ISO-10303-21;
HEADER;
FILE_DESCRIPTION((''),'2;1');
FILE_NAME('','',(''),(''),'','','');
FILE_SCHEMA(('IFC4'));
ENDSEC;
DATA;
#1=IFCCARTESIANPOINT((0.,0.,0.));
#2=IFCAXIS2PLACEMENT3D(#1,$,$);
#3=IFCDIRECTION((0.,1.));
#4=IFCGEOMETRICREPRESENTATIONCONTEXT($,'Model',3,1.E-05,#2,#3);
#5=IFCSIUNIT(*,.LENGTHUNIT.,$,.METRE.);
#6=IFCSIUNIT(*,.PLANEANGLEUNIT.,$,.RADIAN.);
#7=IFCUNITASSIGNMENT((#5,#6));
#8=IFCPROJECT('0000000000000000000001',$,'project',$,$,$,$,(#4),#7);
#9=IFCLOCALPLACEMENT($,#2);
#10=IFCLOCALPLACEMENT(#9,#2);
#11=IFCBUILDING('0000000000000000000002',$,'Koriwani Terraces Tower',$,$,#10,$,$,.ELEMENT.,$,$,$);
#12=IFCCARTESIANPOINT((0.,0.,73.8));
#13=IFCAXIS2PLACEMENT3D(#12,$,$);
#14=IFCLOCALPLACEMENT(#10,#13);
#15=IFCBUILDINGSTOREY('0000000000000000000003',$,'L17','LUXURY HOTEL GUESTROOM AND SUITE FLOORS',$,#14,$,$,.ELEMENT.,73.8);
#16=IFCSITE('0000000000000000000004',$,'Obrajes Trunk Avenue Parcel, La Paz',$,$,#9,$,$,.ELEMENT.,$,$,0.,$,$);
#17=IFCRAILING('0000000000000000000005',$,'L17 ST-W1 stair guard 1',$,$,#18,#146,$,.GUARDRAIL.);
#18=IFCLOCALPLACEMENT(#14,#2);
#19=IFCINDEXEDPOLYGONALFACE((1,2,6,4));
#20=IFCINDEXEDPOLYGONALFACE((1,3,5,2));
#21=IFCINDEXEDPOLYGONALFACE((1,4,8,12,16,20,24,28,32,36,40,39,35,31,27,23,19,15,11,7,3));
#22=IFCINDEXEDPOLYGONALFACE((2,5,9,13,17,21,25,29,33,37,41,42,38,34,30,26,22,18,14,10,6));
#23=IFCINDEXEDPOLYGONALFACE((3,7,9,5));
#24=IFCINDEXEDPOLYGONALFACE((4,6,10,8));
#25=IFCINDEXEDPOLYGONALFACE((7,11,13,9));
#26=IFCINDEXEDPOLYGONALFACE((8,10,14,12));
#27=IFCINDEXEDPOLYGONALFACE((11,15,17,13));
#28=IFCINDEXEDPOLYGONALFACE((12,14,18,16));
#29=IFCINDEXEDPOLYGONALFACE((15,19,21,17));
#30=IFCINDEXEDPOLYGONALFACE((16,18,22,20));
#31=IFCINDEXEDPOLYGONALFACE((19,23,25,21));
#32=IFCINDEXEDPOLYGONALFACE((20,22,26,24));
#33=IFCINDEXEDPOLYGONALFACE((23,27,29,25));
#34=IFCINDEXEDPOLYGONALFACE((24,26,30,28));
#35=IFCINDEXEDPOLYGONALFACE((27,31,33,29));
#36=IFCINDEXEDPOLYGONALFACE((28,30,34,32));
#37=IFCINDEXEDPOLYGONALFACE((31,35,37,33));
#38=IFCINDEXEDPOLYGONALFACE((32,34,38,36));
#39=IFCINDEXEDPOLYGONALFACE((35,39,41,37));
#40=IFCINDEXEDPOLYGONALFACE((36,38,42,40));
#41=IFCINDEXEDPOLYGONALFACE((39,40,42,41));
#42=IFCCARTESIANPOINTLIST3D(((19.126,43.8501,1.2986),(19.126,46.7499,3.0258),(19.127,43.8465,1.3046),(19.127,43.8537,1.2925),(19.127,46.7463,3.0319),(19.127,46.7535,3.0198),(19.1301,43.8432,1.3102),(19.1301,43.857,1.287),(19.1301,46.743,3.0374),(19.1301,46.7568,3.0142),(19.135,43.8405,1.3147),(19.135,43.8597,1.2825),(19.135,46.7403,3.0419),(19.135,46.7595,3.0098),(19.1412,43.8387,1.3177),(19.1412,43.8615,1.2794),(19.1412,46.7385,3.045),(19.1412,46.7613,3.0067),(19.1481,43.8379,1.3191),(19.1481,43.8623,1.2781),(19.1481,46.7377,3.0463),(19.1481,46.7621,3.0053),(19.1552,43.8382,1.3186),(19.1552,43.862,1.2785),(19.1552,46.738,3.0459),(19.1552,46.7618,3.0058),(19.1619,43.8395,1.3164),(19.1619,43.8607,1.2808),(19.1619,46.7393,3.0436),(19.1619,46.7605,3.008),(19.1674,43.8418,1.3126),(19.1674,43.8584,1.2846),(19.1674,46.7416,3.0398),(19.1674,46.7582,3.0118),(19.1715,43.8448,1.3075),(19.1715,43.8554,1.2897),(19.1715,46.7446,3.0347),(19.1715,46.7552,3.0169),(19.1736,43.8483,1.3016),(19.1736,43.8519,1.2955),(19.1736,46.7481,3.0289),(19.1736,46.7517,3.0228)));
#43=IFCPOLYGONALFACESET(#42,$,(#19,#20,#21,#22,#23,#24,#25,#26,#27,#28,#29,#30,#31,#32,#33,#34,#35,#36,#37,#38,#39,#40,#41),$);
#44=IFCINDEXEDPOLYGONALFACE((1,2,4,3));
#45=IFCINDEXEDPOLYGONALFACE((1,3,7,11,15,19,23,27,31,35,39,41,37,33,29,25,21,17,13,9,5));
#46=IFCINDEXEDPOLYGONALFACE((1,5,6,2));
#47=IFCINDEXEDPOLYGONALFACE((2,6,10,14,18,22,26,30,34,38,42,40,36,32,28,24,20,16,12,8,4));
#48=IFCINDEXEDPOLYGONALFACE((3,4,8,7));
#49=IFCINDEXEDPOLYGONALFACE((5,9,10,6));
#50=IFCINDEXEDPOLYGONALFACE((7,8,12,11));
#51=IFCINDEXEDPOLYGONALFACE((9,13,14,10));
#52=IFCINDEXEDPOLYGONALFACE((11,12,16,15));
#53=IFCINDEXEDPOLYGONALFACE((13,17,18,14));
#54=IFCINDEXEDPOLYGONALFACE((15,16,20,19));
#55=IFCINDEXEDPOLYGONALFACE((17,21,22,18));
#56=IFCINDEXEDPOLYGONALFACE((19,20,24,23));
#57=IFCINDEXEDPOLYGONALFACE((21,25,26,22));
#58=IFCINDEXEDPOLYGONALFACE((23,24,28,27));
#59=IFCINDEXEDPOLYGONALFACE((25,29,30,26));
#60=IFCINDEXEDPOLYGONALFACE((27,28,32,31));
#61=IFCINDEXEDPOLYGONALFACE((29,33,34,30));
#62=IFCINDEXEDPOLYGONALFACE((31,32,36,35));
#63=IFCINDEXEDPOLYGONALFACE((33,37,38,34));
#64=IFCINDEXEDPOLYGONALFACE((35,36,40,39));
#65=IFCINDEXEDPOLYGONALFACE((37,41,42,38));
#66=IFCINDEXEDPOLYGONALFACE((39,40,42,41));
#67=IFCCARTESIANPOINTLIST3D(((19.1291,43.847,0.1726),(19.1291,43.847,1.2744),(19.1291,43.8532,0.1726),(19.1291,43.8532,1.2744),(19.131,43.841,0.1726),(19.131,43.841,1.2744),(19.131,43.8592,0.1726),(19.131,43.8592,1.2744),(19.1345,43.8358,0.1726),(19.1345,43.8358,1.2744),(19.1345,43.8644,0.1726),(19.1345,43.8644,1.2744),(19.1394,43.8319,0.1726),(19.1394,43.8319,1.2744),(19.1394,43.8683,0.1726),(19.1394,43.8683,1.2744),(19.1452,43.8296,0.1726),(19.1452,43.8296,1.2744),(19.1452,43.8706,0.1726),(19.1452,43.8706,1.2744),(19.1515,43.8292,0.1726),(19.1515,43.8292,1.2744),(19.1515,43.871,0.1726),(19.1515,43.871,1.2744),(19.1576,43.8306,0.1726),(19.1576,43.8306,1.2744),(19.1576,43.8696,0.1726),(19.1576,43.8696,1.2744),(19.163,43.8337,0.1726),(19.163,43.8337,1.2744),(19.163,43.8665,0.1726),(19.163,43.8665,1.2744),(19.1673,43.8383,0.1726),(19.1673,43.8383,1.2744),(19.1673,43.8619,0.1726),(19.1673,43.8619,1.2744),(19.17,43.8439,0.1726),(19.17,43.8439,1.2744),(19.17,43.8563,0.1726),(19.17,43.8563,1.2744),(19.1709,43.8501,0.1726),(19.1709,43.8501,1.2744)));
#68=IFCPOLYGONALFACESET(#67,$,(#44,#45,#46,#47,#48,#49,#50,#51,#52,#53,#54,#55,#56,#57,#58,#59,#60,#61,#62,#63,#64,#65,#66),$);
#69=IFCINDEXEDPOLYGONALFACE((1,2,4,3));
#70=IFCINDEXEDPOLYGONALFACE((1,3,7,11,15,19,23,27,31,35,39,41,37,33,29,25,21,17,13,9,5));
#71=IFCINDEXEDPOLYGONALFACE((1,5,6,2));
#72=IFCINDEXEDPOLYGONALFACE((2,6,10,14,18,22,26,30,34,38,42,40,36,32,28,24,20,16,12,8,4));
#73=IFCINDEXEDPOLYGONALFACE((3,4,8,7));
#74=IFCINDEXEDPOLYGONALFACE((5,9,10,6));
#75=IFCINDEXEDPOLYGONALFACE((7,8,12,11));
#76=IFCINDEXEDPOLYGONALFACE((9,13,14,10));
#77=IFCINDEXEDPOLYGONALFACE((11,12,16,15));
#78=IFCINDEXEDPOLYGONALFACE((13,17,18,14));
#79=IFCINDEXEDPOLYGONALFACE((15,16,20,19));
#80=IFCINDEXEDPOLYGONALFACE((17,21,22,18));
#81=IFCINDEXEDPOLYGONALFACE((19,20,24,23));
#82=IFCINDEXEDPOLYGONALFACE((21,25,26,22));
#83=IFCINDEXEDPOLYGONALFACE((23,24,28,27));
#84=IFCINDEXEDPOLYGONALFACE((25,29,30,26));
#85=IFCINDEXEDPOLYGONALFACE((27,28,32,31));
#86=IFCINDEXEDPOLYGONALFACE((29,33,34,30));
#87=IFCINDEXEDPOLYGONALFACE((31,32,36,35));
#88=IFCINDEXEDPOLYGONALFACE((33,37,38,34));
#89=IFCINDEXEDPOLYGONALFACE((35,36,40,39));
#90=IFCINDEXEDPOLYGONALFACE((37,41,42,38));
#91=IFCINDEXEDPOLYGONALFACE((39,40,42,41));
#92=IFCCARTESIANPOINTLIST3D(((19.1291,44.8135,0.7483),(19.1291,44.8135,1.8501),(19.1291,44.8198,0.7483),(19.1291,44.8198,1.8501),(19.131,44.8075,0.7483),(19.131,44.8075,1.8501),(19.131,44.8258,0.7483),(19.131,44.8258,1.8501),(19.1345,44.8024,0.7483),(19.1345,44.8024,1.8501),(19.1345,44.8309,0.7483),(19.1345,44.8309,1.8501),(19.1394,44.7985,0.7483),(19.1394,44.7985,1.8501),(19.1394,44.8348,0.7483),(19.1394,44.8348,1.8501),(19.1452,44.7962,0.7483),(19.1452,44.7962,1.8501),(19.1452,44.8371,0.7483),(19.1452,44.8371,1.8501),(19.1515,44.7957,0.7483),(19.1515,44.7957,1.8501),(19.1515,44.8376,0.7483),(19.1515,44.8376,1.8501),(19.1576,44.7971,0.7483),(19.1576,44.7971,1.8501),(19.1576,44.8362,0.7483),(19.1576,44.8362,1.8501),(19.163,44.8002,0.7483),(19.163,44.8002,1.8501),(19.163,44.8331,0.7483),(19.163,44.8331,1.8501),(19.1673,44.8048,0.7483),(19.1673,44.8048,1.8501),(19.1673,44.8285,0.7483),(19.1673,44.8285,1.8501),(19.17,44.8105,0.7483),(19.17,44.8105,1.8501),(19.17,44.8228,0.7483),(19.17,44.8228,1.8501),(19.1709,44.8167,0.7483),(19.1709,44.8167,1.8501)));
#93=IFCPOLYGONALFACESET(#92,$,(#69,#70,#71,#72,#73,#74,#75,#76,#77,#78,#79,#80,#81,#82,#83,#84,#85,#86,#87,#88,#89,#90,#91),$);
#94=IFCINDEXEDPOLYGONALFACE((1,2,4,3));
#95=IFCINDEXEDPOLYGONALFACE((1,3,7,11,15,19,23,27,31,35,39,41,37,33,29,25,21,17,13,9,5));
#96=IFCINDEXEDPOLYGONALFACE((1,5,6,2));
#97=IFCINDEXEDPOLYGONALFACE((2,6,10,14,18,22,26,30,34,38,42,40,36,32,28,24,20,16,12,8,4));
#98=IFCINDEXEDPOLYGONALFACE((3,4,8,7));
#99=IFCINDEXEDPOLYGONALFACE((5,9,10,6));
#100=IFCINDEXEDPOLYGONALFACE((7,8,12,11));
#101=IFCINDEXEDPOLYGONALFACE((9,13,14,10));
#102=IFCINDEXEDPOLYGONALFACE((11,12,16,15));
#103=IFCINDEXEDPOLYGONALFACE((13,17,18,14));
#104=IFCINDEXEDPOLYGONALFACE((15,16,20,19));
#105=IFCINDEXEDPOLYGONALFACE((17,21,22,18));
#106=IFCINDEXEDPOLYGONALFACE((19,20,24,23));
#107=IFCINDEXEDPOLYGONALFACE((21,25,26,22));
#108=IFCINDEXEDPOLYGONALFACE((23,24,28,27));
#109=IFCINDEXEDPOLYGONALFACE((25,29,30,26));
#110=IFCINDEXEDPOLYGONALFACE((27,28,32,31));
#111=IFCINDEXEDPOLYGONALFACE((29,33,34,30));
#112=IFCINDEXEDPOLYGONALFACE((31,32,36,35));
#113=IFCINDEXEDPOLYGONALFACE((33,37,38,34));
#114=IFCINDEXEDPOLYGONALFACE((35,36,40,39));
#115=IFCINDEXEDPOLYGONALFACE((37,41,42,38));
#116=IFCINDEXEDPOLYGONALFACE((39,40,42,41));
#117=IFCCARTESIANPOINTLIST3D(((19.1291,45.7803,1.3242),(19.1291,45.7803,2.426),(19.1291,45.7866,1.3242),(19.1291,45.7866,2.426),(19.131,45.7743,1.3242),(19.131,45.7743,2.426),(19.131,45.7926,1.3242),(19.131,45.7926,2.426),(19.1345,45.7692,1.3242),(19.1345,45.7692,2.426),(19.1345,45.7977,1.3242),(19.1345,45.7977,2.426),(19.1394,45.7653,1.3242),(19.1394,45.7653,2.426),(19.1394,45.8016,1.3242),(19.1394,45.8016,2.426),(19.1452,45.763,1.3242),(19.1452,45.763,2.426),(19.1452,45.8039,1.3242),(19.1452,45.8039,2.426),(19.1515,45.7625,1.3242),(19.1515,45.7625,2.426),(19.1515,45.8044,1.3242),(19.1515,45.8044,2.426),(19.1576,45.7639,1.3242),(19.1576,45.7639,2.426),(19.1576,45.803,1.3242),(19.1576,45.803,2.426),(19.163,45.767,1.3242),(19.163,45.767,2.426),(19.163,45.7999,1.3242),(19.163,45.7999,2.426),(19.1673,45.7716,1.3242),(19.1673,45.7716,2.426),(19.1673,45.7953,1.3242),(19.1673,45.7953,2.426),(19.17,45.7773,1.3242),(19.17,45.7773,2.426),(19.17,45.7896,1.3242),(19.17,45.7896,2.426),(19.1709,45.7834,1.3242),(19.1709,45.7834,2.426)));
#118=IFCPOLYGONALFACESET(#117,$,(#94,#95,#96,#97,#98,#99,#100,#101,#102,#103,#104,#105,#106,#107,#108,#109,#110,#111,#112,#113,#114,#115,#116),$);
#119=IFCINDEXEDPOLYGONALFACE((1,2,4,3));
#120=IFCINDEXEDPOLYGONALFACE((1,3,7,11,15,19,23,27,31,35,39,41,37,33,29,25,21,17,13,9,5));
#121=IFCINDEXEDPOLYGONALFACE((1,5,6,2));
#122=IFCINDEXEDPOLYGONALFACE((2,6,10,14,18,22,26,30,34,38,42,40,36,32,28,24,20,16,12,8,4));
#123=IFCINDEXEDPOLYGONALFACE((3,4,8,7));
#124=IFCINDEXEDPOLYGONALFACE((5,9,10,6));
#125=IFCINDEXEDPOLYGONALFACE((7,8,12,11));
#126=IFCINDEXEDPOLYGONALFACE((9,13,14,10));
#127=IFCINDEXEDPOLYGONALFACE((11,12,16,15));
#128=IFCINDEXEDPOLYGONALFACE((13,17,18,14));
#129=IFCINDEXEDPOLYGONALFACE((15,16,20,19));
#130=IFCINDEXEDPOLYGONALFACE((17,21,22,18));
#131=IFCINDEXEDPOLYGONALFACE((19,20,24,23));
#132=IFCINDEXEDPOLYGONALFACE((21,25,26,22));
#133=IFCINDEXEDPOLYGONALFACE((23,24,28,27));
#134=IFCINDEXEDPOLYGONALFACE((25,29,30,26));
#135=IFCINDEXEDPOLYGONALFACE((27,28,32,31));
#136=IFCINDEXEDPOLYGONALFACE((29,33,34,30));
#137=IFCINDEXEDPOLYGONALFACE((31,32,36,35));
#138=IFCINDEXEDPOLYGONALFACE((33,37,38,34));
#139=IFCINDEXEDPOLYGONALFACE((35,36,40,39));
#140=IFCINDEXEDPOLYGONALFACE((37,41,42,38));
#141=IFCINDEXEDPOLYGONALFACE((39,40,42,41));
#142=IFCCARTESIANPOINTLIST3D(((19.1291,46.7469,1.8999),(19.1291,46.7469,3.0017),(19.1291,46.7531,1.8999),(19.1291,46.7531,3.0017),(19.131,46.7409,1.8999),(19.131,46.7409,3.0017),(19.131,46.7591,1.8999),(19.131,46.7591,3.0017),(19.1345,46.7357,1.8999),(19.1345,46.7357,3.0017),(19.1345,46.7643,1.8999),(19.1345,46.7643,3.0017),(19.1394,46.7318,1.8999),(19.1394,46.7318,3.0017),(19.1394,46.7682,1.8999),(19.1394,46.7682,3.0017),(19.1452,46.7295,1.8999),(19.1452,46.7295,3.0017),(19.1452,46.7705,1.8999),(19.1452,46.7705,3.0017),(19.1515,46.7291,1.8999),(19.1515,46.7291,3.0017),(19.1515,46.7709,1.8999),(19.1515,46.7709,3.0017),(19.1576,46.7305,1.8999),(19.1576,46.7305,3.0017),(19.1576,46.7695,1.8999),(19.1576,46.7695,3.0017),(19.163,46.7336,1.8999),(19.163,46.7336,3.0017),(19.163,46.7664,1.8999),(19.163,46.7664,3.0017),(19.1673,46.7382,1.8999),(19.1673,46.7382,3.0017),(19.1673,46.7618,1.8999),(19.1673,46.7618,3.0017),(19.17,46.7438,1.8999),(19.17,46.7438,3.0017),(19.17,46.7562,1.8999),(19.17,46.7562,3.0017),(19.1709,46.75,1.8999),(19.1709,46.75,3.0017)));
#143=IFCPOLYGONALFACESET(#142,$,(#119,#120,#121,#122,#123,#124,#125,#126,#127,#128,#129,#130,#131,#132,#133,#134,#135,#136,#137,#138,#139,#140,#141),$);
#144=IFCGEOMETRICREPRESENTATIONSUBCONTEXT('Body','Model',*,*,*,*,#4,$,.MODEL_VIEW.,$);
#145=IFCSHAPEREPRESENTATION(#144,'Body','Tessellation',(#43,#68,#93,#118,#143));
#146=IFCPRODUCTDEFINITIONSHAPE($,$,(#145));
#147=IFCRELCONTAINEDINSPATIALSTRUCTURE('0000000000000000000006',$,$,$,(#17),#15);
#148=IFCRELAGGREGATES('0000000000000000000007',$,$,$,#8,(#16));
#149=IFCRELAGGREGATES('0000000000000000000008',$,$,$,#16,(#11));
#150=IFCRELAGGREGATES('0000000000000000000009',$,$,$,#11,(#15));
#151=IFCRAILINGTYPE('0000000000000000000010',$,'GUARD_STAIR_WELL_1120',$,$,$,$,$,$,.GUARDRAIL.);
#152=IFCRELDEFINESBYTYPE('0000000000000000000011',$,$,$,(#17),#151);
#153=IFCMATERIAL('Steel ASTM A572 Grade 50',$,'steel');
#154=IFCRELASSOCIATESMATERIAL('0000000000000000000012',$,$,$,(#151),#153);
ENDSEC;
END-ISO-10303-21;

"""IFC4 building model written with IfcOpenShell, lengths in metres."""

from ifc_helpers import new_model, si_unit, direction, frame, origin, origin_2d, place, context, subcontext, project, spatial, circle, extrude, material, type_object, element, save


model = new_model("IFC4")

# Units and contexts
model_context = context("Model", 3, precision=1e-05, world=origin(), true_north=direction((0.0, 1.0)))
body_context = subcontext(model_context, "Body", "Model", "MODEL_VIEW")
ifc_project = project(units=[si_unit("LENGTHUNIT", "METRE"), si_unit("PLANEANGLEUNIT", "RADIAN")], contexts=[model_context])

# Site, building, storey
site_placement = place(None, origin())
site = spatial("IfcSite", under=ifc_project, at=site_placement, Name="Obrajes Trunk Avenue Parcel, La Paz", CompositionType="ELEMENT", RefElevation=0.0)
building_placement = place(site_placement, origin())
building = spatial("IfcBuilding", under=site, at=building_placement, Name="Koriwani Terraces Tower", CompositionType="ELEMENT")
storey_placement = place(building_placement, frame((0.0, 0.0, 73.8)))
storey = spatial("IfcBuildingStorey", under=building, at=storey_placement, Name="L17", Description="LUXURY HOTEL GUESTROOM AND SUITE FLOORS", CompositionType="ELEMENT", Elevation=73.8)

# Shared definitions
ifc_material_1 = material(Name="Steel ASTM A572 Grade 50", Category="steel")

# Railing
railing_type = type_object("IfcRailingType", Name="GUARD_STAIR_WELL_1120", PredefinedType="GUARDRAIL", material=ifc_material_1)
railing_1_placement = place(storey_placement, frame((19.1499, 43.8501, 0.1726)))
element("IfcRailing", 1, at=railing_1_placement, inside=storey, type_object=railing_type, Name="L17 ST-W1 stair guard 1", PredefinedType="GUARDRAIL", context=body_context, shape_type="SweptSolid", body=[
    extrude(circle(Radius=0.0239, at=origin_2d()), frame((0.0, 0.0, 1.126), z_axis=(0.0, 0.859141, 0.511738), x_axis=(-1.0, 0.0, 0.0)), (0.0, 0.0, 1.0), 3.3752),
    extrude(circle(Radius=0.021, at=origin_2d()), origin(), (0.0, 0.0, 1.0), 1.1018),
    extrude(circle(Radius=0.021, at=origin_2d()), frame((0.0, 0.9666, 0.5757)), (0.0, 0.0, 1.0), 1.1018),
    extrude(circle(Radius=0.021, at=origin_2d()), frame((0.0, 1.9333, 1.1516)), (0.0, 0.0, 1.0), 1.1018),
    extrude(circle(Radius=0.021, at=origin_2d()), frame((0.0, 2.8999, 1.7273)), (0.0, 0.0, 1.0), 1.1018),
])

save(model, "model.ifc")
